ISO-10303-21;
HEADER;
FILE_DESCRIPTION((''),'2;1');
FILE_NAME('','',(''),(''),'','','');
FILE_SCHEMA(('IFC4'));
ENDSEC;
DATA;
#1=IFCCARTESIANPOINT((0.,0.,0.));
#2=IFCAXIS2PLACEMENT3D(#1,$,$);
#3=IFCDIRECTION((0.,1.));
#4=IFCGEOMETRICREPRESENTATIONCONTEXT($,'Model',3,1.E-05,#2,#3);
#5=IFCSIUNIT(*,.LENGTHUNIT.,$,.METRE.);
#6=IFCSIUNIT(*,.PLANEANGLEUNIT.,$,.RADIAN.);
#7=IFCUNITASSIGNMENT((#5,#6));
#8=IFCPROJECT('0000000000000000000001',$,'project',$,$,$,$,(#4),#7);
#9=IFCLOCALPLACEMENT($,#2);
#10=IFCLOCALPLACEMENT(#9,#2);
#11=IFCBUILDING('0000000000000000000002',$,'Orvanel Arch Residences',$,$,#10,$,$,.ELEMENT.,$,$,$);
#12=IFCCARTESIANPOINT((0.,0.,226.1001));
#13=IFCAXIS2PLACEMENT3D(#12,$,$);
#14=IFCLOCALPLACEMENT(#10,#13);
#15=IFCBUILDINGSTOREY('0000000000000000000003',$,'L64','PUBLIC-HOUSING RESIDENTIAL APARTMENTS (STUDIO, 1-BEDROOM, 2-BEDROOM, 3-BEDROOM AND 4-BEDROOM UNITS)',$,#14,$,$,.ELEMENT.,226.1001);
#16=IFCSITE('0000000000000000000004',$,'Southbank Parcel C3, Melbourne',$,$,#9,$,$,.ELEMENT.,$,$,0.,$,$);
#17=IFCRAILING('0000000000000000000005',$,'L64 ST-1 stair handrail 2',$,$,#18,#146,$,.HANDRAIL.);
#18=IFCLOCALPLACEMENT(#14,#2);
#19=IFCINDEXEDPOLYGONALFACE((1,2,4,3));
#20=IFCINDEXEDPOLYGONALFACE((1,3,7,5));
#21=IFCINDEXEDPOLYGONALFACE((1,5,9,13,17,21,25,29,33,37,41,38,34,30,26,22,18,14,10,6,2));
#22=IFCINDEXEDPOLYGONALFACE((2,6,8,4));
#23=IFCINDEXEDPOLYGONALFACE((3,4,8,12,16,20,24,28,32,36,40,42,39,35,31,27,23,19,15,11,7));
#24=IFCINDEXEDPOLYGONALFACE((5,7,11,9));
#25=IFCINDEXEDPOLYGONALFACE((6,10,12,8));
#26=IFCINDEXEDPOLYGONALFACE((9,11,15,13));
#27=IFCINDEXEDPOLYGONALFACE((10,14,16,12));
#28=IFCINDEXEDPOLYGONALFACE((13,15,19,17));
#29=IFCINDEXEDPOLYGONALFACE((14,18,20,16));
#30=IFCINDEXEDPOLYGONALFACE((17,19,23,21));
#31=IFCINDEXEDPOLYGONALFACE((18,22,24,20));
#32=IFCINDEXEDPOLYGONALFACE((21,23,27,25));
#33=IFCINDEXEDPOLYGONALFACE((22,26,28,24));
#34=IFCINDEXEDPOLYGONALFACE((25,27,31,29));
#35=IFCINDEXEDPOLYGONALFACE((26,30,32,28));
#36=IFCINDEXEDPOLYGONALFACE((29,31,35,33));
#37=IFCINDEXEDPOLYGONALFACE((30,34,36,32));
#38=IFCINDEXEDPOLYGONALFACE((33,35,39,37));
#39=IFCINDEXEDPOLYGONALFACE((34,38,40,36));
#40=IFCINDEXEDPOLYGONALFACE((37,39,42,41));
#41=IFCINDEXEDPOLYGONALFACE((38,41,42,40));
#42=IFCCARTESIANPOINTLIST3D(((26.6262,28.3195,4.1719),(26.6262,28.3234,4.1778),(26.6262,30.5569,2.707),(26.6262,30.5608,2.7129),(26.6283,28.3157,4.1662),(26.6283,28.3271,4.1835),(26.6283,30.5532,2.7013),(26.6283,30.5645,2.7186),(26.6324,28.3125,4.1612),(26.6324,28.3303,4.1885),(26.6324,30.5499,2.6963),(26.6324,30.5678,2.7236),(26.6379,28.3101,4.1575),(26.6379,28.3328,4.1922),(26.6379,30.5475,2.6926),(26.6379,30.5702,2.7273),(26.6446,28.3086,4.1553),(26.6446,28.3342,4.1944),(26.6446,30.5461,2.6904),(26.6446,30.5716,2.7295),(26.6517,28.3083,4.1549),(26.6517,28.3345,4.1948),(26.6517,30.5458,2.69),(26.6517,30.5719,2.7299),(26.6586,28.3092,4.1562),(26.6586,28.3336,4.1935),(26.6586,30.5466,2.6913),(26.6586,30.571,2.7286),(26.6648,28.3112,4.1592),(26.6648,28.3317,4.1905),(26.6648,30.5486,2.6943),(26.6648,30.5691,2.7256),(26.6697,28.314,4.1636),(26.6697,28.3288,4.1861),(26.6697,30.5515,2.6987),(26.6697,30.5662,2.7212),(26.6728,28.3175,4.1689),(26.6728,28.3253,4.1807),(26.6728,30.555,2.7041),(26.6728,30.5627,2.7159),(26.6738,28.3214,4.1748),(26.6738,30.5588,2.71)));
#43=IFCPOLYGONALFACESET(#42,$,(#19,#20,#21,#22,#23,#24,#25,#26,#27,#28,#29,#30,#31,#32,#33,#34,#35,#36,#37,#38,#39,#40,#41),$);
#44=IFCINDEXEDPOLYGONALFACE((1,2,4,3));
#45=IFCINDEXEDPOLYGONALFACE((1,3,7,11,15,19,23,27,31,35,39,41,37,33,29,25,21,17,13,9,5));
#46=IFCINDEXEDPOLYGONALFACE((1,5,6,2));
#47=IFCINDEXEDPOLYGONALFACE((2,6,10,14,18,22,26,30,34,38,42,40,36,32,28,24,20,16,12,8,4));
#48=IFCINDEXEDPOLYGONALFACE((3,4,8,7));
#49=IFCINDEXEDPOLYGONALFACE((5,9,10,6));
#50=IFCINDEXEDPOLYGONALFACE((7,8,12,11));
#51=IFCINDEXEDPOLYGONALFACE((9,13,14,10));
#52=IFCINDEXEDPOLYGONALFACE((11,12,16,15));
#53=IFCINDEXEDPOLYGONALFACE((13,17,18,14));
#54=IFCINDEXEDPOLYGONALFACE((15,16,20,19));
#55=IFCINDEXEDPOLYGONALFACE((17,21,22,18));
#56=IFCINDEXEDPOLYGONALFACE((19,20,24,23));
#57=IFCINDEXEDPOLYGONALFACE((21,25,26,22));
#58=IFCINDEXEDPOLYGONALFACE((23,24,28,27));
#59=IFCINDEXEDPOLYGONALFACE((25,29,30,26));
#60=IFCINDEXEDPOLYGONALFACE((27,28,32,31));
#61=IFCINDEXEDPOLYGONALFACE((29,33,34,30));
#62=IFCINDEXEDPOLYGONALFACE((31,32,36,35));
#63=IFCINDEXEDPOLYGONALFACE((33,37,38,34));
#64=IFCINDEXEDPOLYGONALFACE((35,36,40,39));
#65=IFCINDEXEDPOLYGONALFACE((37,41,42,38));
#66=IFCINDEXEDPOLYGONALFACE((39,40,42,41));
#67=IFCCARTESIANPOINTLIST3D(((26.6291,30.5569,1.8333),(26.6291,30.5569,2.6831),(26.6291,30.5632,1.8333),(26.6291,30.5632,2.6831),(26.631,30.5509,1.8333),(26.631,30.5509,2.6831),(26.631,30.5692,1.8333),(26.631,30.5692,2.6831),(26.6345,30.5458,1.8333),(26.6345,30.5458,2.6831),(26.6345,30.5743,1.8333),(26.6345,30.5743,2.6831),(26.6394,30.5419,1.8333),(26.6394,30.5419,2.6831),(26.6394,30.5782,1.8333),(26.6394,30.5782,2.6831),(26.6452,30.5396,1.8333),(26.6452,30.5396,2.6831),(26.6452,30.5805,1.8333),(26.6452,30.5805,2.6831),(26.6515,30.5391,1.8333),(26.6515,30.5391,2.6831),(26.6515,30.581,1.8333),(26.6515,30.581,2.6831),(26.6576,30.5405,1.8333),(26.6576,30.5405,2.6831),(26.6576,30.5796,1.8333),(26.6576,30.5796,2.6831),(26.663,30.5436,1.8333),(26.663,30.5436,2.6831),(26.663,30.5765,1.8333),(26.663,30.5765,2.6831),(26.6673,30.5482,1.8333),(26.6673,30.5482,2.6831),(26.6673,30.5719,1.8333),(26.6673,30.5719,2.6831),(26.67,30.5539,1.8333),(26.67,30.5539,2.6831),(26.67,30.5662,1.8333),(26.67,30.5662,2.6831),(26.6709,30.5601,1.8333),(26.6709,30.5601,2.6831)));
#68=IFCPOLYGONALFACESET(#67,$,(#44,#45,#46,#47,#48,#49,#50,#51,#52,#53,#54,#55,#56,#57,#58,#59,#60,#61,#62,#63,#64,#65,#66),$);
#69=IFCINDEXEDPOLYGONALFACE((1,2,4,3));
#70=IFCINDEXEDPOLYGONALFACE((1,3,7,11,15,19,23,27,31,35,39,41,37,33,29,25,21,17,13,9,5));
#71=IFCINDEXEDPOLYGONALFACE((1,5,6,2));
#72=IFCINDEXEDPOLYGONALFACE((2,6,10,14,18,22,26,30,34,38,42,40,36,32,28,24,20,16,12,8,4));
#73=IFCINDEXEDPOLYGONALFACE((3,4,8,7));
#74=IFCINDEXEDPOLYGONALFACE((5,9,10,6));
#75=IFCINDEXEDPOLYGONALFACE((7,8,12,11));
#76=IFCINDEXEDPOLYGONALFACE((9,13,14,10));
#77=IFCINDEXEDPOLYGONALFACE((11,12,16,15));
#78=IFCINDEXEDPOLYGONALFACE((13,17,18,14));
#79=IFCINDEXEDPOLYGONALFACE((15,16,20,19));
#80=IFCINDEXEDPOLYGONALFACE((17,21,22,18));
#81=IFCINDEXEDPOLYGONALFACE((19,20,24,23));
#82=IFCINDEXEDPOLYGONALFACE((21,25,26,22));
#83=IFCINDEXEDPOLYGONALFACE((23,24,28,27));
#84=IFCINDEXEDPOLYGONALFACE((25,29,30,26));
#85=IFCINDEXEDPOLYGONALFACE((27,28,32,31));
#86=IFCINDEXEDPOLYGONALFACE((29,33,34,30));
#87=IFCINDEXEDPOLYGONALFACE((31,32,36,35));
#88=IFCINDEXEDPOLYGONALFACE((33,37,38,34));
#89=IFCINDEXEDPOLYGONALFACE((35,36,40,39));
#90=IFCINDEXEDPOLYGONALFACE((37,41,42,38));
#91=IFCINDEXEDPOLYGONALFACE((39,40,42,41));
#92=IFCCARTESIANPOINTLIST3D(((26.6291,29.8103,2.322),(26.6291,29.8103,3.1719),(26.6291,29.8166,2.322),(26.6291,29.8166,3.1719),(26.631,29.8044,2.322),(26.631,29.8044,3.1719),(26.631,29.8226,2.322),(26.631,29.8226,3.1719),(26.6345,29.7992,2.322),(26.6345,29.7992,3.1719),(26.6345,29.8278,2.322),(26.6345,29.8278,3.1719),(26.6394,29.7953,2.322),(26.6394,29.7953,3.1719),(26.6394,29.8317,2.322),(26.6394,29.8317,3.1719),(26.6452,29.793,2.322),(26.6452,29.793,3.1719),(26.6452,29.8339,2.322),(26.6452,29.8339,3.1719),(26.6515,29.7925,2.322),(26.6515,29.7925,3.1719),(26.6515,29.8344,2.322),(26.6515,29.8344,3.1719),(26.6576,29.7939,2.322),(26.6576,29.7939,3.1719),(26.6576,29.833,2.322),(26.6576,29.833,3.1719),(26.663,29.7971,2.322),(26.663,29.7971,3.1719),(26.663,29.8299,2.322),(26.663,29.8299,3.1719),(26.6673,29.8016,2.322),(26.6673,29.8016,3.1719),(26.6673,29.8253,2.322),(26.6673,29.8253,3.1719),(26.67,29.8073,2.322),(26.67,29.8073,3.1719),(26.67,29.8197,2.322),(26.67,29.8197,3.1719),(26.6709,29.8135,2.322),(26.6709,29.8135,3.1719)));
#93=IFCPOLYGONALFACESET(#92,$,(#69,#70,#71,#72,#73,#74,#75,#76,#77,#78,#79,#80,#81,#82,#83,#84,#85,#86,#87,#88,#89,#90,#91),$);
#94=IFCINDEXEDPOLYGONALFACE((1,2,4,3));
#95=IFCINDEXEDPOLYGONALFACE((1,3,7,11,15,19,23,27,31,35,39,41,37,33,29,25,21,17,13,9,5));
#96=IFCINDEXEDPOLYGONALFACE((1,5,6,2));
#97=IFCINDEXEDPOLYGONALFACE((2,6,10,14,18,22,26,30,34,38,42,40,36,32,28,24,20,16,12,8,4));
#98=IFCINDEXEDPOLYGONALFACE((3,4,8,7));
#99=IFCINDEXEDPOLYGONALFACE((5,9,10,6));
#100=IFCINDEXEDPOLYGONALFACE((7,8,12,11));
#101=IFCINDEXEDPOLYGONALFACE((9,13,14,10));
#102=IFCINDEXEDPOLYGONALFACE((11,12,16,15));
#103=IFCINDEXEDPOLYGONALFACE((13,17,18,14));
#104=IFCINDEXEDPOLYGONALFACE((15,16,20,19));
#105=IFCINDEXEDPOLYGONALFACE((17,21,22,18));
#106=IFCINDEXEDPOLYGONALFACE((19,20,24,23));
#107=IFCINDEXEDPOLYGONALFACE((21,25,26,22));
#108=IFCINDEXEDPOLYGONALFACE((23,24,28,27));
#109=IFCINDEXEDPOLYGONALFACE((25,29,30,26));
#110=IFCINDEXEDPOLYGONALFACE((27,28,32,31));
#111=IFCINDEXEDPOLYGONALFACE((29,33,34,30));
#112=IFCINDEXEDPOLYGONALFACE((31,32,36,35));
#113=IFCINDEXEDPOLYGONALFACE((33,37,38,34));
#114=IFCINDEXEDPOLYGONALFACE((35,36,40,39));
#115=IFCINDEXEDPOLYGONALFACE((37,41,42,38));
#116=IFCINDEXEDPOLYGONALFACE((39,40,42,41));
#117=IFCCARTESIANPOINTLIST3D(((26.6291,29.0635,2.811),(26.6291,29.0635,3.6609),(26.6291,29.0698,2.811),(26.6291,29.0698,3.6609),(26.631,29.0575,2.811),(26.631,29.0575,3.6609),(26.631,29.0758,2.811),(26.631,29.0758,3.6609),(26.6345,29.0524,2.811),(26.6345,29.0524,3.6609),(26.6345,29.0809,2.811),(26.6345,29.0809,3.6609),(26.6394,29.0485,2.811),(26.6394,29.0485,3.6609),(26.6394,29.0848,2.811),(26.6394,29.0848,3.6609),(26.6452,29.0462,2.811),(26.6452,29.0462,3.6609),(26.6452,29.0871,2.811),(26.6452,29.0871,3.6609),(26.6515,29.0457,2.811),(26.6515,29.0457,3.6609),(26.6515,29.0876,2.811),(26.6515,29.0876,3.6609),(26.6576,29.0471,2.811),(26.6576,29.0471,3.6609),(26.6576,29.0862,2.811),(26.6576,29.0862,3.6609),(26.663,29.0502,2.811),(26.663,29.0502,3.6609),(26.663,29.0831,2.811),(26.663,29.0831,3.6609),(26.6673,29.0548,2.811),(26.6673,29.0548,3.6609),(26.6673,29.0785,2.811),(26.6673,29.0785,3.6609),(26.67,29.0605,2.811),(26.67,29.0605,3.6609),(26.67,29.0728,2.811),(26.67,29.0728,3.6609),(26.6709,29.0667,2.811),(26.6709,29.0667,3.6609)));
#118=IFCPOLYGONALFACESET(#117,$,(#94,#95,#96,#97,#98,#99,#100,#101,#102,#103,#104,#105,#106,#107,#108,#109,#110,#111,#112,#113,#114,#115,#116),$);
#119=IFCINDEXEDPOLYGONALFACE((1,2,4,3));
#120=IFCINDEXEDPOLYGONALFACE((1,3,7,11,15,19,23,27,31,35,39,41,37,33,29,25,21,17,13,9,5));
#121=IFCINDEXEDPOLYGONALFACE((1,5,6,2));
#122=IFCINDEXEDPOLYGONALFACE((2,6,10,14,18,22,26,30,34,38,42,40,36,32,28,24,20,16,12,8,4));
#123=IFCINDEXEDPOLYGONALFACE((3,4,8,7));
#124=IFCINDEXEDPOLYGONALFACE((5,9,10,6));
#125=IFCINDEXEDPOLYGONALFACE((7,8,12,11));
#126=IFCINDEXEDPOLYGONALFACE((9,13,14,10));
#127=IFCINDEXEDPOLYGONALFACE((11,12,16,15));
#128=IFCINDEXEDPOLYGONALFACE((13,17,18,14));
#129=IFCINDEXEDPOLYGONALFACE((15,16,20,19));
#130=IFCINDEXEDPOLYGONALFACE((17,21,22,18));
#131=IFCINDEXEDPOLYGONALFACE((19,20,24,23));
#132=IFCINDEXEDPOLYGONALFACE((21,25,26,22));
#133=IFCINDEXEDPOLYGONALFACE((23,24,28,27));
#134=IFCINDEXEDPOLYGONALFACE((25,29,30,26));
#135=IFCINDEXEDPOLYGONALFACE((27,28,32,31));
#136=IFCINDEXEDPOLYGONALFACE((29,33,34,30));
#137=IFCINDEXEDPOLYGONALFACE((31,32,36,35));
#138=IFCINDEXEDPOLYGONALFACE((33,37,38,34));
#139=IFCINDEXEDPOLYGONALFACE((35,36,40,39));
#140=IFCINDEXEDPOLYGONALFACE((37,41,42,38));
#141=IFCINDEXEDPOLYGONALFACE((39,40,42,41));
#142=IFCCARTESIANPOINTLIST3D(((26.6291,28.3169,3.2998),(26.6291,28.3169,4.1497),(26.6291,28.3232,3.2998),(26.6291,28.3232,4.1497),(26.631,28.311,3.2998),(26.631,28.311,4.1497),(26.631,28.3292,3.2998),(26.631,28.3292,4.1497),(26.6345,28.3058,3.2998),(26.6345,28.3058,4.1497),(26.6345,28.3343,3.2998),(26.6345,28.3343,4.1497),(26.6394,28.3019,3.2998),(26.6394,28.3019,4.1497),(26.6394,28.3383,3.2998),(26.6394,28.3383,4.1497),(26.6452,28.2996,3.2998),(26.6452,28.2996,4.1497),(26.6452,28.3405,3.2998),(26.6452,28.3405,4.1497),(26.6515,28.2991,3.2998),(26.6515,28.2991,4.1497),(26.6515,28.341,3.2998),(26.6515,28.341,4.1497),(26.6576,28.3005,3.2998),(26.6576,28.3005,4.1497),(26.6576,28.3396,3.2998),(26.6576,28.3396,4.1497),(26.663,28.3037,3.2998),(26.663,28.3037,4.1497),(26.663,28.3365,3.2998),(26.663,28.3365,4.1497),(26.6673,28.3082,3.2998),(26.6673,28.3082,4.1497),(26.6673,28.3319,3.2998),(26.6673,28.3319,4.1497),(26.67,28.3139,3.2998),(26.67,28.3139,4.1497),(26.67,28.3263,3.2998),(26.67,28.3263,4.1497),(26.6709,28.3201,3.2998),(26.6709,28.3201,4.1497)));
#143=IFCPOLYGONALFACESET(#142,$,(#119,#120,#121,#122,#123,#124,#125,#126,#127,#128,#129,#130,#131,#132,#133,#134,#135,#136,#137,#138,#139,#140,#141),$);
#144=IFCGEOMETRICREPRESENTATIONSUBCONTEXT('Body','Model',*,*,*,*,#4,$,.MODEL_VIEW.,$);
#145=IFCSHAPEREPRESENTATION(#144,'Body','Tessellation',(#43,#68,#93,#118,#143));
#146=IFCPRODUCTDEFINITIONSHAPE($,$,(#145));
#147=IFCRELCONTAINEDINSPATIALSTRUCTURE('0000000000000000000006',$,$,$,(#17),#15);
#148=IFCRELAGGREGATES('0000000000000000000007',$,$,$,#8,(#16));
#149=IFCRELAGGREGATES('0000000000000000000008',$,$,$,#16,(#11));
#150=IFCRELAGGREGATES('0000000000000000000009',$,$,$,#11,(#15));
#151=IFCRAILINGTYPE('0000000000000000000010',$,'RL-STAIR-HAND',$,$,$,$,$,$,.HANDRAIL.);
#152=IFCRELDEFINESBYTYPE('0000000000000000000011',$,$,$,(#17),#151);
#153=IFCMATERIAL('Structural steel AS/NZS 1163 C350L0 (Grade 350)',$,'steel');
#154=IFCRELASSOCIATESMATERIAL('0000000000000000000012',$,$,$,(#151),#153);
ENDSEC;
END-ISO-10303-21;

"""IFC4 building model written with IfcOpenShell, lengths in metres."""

from ifc_helpers import new_model, si_unit, direction, frame, origin, origin_2d, place, context, subcontext, project, spatial, circle, extrude, material, type_object, element, save


model = new_model("IFC4")

# Units and contexts
model_context = context("Model", 3, precision=1e-05, world=origin(), true_north=direction((0.0, 1.0)))
body_context = subcontext(model_context, "Body", "Model", "MODEL_VIEW")
ifc_project = project(units=[si_unit("LENGTHUNIT", "METRE"), si_unit("PLANEANGLEUNIT", "RADIAN")], contexts=[model_context])

# Site, building, storey
site_placement = place(None, origin())
site = spatial("IfcSite", under=ifc_project, at=site_placement, Name="Southbank Parcel C3, Melbourne", CompositionType="ELEMENT", RefElevation=0.0)
building_placement = place(site_placement, origin())
building = spatial("IfcBuilding", under=site, at=building_placement, Name="Orvanel Arch Residences", CompositionType="ELEMENT")
storey_placement = place(building_placement, frame((0.0, 0.0, 226.1001)))
storey = spatial("IfcBuildingStorey", under=building, at=storey_placement, Name="L64", Description="PUBLIC-HOUSING RESIDENTIAL APARTMENTS (STUDIO, 1-BEDROOM, 2-BEDROOM, 3-BEDROOM AND 4-BEDROOM UNITS)", CompositionType="ELEMENT", Elevation=226.1001)

# Shared definitions
ifc_material_1 = material(Name="Structural steel AS/NZS 1163 C350L0 (Grade 350)", Category="steel")

# Railing
railing_type_1 = type_object("IfcRailingType", Name="RL-STAIR-HAND", PredefinedType="HANDRAIL", material=ifc_material_1)
railing_1_placement = place(storey_placement, frame((26.6499, 30.5601, 1.8333)))
element("IfcRailing", 1, at=railing_1_placement, inside=storey, type_object=railing_type_1, Name="L64 ST-1 stair handrail 2", PredefinedType="HANDRAIL", context=body_context, shape_type="SweptSolid", body=[
    extrude(circle(Radius=0.0239, at=origin_2d()), frame((0.0, -0.0012, 0.8767), z_axis=(0.0, -0.836637, 0.547758), x_axis=(1.0, 0.0, 0.0)), (0.0, 0.0, 1.0), 2.6743),
    extrude(circle(Radius=0.021, at=origin_2d()), origin(), (0.0, 0.0, 1.0), 0.8499),
    extrude(circle(Radius=0.021, at=origin_2d()), frame((0.0, -0.7466, 0.4888)), (0.0, 0.0, 1.0), 0.8499),
    extrude(circle(Radius=0.021, at=origin_2d()), frame((0.0, -1.4934, 0.9778)), (0.0, 0.0, 1.0), 0.8499),
    extrude(circle(Radius=0.021, at=origin_2d()), frame((0.0, -2.24, 1.4666)), (0.0, 0.0, 1.0), 0.8499),
])

save(model, "model.ifc")
